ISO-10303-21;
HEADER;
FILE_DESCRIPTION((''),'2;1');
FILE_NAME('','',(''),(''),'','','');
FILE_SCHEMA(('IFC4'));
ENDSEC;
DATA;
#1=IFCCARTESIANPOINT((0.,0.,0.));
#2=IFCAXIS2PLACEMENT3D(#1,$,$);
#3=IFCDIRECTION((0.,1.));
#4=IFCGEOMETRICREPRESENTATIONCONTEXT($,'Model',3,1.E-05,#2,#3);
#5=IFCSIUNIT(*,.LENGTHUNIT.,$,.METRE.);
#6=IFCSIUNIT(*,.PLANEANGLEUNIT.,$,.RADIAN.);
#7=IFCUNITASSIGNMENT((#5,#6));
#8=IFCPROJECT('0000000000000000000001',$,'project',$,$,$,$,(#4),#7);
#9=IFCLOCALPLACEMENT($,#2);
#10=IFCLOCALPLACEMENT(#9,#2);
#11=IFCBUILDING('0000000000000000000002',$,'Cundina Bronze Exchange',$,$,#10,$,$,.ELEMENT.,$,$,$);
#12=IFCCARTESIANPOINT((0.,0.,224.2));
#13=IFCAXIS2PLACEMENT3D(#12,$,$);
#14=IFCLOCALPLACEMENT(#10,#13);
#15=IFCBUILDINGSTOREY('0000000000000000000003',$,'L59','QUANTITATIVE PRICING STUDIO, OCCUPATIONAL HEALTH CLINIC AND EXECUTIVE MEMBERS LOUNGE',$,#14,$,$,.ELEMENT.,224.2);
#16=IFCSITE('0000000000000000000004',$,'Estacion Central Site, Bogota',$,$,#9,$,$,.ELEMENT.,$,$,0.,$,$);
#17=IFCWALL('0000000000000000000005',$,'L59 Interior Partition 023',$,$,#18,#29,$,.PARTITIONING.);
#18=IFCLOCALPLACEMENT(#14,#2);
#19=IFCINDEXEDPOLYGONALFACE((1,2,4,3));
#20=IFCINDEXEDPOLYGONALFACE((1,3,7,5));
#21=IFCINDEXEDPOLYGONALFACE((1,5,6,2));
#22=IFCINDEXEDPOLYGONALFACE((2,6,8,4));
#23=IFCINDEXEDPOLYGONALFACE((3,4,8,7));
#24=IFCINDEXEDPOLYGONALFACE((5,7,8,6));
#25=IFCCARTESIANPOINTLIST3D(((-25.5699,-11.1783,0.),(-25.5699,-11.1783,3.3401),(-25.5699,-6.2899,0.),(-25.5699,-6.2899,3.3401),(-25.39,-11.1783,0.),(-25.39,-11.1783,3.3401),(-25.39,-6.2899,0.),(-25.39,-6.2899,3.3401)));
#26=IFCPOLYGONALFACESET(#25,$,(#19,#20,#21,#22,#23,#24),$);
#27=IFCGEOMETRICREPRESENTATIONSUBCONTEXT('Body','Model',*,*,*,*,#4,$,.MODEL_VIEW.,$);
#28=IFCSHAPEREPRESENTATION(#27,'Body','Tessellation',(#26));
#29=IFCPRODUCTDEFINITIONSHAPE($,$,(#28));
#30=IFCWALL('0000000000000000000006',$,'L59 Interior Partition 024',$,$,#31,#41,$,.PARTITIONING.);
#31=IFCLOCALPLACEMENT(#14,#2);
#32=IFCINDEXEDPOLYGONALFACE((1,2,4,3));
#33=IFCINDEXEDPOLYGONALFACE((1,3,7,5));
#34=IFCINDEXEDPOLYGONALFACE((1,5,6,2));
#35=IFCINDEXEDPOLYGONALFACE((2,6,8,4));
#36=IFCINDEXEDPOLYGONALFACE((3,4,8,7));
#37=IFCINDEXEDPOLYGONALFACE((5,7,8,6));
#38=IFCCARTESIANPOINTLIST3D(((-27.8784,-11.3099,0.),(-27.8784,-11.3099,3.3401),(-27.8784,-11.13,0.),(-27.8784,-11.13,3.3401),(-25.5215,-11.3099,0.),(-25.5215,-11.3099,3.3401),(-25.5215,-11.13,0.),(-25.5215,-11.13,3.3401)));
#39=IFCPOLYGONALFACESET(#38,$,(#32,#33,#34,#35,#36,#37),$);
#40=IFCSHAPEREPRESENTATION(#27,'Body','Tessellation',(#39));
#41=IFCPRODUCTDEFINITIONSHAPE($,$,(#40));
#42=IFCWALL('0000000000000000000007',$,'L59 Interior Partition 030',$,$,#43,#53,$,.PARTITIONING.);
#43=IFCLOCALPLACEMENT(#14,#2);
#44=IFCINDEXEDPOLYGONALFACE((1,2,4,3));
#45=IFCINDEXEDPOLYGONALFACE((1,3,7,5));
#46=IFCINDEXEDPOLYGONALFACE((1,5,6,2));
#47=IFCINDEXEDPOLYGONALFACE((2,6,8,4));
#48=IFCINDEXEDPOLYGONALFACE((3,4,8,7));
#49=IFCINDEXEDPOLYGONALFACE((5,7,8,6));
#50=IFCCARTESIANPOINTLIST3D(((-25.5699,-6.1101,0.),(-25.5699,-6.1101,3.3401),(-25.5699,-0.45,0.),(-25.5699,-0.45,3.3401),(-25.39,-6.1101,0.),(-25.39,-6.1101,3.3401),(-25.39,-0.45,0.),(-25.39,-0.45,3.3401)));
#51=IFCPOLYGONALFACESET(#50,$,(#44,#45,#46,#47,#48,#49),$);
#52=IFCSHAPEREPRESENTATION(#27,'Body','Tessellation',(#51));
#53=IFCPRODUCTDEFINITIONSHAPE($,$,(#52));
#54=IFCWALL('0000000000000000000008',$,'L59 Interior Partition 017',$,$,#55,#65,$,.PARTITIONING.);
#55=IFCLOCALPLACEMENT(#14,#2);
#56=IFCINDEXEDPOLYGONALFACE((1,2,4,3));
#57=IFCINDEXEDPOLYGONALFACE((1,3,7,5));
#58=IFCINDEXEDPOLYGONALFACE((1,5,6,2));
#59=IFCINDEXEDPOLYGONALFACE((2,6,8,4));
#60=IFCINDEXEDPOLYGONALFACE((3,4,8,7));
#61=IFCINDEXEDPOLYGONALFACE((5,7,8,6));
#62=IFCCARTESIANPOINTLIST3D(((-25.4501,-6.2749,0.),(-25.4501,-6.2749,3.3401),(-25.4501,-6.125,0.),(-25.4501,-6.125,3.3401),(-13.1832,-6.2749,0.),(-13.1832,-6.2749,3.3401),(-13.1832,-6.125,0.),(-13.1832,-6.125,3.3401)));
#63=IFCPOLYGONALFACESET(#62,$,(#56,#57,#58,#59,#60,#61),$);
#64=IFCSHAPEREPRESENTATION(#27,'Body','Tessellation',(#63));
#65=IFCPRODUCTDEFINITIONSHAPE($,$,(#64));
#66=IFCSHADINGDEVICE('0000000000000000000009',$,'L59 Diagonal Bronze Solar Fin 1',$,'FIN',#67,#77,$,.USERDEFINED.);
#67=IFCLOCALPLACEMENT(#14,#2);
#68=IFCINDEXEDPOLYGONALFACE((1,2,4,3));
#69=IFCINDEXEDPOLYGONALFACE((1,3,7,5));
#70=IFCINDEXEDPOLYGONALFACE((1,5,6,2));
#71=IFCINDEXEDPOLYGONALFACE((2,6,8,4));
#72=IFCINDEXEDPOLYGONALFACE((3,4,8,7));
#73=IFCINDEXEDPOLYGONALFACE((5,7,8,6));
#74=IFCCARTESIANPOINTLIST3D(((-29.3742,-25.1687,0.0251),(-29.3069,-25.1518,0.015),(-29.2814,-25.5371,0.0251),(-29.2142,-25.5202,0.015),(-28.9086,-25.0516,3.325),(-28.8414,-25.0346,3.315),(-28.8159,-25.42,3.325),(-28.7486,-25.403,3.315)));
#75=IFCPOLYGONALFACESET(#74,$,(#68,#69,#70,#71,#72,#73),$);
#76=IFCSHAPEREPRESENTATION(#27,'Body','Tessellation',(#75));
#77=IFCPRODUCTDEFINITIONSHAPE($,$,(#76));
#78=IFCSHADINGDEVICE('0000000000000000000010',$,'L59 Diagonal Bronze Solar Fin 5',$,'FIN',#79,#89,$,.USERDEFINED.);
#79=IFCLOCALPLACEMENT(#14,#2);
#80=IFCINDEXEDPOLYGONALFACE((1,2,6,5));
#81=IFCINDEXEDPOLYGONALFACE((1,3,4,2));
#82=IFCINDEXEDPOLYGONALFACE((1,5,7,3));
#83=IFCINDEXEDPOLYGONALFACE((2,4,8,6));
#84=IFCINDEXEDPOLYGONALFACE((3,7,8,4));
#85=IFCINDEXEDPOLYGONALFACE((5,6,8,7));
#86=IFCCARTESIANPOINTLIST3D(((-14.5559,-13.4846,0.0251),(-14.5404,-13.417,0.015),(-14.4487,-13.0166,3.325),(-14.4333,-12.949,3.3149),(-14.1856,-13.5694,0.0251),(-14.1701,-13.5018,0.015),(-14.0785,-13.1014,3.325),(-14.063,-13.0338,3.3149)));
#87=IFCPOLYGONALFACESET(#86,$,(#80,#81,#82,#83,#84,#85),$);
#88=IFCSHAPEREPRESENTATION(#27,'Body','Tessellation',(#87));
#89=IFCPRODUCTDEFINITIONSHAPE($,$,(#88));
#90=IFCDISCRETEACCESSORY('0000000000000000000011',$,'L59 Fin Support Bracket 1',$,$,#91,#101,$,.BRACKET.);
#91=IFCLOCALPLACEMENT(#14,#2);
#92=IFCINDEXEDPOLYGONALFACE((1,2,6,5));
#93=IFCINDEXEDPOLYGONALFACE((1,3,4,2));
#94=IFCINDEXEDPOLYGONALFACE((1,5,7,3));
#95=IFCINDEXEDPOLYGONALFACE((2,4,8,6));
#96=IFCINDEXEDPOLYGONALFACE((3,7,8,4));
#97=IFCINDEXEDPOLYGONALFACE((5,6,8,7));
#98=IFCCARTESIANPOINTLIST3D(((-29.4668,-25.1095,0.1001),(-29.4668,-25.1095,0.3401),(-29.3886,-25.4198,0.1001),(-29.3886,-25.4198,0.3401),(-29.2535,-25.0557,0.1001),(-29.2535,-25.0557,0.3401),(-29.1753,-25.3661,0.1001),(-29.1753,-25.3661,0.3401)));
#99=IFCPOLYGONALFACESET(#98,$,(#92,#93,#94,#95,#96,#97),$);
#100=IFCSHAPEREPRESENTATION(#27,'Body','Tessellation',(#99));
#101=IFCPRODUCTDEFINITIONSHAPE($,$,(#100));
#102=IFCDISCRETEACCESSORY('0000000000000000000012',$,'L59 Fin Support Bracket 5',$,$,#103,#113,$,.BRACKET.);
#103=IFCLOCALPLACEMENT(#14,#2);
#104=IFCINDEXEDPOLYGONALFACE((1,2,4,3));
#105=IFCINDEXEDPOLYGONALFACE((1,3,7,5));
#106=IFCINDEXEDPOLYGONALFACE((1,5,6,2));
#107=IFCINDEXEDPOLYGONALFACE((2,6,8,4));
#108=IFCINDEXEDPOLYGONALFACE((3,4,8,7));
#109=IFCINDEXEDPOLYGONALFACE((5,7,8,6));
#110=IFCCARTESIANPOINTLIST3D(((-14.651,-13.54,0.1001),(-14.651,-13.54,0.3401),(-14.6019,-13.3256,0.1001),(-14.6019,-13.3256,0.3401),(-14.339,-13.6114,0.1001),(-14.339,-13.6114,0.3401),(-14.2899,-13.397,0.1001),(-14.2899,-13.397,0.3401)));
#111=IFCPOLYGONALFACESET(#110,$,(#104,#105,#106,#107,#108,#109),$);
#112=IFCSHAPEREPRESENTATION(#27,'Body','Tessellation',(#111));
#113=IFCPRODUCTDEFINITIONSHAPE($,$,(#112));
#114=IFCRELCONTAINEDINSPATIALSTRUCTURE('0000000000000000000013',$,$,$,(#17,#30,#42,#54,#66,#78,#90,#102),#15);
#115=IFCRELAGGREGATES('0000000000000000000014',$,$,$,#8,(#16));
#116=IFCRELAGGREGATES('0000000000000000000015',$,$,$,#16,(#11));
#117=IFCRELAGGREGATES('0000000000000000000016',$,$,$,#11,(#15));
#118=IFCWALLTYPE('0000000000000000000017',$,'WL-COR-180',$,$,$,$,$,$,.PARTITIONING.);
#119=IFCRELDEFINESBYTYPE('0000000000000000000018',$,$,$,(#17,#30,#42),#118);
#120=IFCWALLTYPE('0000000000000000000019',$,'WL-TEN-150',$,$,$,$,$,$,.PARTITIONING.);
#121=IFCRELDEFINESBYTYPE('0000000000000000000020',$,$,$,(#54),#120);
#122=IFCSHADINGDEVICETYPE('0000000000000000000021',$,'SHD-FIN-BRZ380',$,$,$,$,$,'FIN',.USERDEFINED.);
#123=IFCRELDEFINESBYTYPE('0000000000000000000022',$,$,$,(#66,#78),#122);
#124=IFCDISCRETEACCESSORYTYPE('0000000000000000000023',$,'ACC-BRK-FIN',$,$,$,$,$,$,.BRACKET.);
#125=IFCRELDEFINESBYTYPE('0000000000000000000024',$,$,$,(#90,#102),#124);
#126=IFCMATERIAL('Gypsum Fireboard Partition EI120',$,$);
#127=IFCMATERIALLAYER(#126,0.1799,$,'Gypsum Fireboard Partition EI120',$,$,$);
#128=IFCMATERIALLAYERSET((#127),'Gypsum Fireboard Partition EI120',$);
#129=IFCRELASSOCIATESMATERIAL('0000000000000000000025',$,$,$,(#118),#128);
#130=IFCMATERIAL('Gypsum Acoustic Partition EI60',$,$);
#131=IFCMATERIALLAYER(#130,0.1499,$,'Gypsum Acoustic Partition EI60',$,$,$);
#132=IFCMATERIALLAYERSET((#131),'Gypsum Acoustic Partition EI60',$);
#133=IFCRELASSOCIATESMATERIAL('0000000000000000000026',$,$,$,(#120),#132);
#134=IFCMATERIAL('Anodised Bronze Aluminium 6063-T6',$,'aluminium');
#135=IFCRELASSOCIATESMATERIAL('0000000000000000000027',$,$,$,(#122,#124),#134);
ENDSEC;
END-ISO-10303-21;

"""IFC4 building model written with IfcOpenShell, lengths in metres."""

from ifc_helpers import new_model, si_unit, direction, frame, frame_2d, origin, origin_2d, place, context, subcontext, project, spatial, rectangle, extrude, material, layer, layer_set, material_profile, profile_set, type_object, element, save


model = new_model("IFC4")

# Units and contexts
model_context = context("Model", 3, precision=1e-05, world=origin(), true_north=direction((0.0, 1.0)))
body_context = subcontext(model_context, "Body", "Model", "MODEL_VIEW")
ifc_project = project(units=[si_unit("LENGTHUNIT", "METRE"), si_unit("PLANEANGLEUNIT", "RADIAN")], contexts=[model_context])

# Site, building, storey
site_placement = place(None, origin())
site = spatial("IfcSite", under=ifc_project, at=site_placement, Name="Estacion Central Site, Bogota", CompositionType="ELEMENT", RefElevation=0.0)
building_placement = place(site_placement, origin())
building = spatial("IfcBuilding", under=site, at=building_placement, Name="Cundina Bronze Exchange", CompositionType="ELEMENT")
storey_placement = place(building_placement, frame((0.0, 0.0, 224.2)))
storey = spatial("IfcBuildingStorey", under=building, at=storey_placement, Name="L59", Description="QUANTITATIVE PRICING STUDIO, OCCUPATIONAL HEALTH CLINIC AND EXECUTIVE MEMBERS LOUNGE", CompositionType="ELEMENT", Elevation=224.2)

# Shared definitions
ifc_material_1 = material(Name="Anodised Bronze Aluminium 6063-T6", Category="aluminium")

# Shared definitions
ifc_material_2 = material(Name="Gypsum Fireboard Partition EI120")
ifc_layer_1 = layer(ifc_material_2, 0.1799, Name="Gypsum Fireboard Partition EI120")
ifc_layer_set_1 = layer_set([ifc_layer_1], Name="Gypsum Fireboard Partition EI120")
wall_type_1 = type_object("IfcWallType", Name="WL-COR-180", PredefinedType="PARTITIONING", material=ifc_layer_set_1)

# Walls
wall_1_placement = place(storey_placement, frame((-25.48, -11.1785, 0.0), z_axis=(0.0, 0.0, 1.0), x_axis=(0.0, 1.0, 0.0)))
element("IfcWall", 1, at=wall_1_placement, inside=storey, type_object=wall_type_1, Name="L59 Interior Partition 023", PredefinedType="PARTITIONING", context=body_context, shape_type="SweptSolid", body=[
    extrude(rectangle(XDim=4.8884, YDim=0.1799, at=frame_2d((2.4443, 0.0))), origin(), (0.0, 0.0, 1.0), 3.3401),
])
wall_2_placement = place(storey_placement, frame((-27.8784, -11.22, 0.0), z_axis=(0.0, 0.0, 1.0), x_axis=(1.0, 0.0, 0.0)))
element("IfcWall", 2, at=wall_2_placement, inside=storey, type_object=wall_type_1, Name="L59 Interior Partition 024", PredefinedType="PARTITIONING", context=body_context, shape_type="SweptSolid", body=[
    extrude(rectangle(XDim=2.3569, YDim=0.1799, at=frame_2d((1.1785, 0.0))), origin(), (0.0, 0.0, 1.0), 3.3401),
])
wall_3_placement = place(storey_placement, frame((-25.48, -6.1101, 0.0), z_axis=(0.0, 0.0, 1.0), x_axis=(0.0, 1.0, 0.0)))
element("IfcWall", 3, at=wall_3_placement, inside=storey, type_object=wall_type_1, Name="L59 Interior Partition 030", PredefinedType="PARTITIONING", context=body_context, shape_type="SweptSolid", body=[
    extrude(rectangle(XDim=5.6602, YDim=0.1799, at=frame_2d((2.8301, 0.0))), origin(), (0.0, 0.0, 1.0), 3.3401),
])
ifc_material_3 = material(Name="Gypsum Acoustic Partition EI60")
ifc_layer_2 = layer(ifc_material_3, 0.1499, Name="Gypsum Acoustic Partition EI60")
ifc_layer_set_2 = layer_set([ifc_layer_2], Name="Gypsum Acoustic Partition EI60")
wall_type_2 = type_object("IfcWallType", Name="WL-TEN-150", PredefinedType="PARTITIONING", material=ifc_layer_set_2)
wall_4_placement = place(storey_placement, frame((-25.45, -6.2, 0.0), z_axis=(0.0, 0.0, 1.0), x_axis=(1.0, 0.0, 0.0)))
element("IfcWall", 4, at=wall_4_placement, inside=storey, type_object=wall_type_2, Name="L59 Interior Partition 017", PredefinedType="PARTITIONING", context=body_context, shape_type="SweptSolid", body=[
    extrude(rectangle(XDim=12.2668, YDim=0.1499, at=frame_2d((6.1333, 0.0))), origin(), (0.0, 0.0, 1.0), 3.3401),
])

# Shading devices
ifc_material_profile_1 = material_profile(ifc_material_1, rectangle(XDim=0.0701, YDim=0.3799, at=origin_2d()), Name="FIN70X380", Category="aluminium")
ifc_profile_set_1 = profile_set([ifc_material_profile_1], Name="Anodised Bronze Aluminium 6063-T6")
shading_device_type = type_object("IfcShadingDeviceType", Name="SHD-FIN-BRZ380", ElementType="FIN", PredefinedType="USERDEFINED", material=ifc_profile_set_1)
for number, where, z_axis, x_axis, name in (
    (5, (-29.2942, -25.3445, 0.02), (0.139612, 0.035141, 0.989583), (-0.95965, -0.241548, 0.143967), "L59 Diagonal Bronze Solar Fin 1"),
    (6, (-14.363, -13.4932, 0.02), (0.032139, 0.140344, 0.989581), (-0.220899, -0.964611, 0.143977), "L59 Diagonal Bronze Solar Fin 5"),
):
    element("IfcShadingDevice", number, at=place(storey_placement, frame(where, z_axis=z_axis, x_axis=x_axis)), inside=storey, type_object=shading_device_type, Name=name, ObjectType="FIN", PredefinedType="USERDEFINED", context=body_context, shape_type="SweptSolid", body=[
        extrude(rectangle(XDim=0.0701, YDim=0.3799, at=origin_2d()), origin(), (0.0, 0.0, 1.0), 3.3347),
    ])

# Discrete accessories
discrete_accessory_type = type_object("IfcDiscreteAccessoryType", Name="ACC-BRK-FIN", PredefinedType="BRACKET", material=ifc_material_1)
for number, where, z_axis, x_axis, name in (
    (7, (-29.321, -25.2378, 0.1001), (0.0, 0.0, 1.0), (0.969732, 0.244174, 0.0), "L59 Fin Support Bracket 1"),
    (8, (-14.4705, -13.4685, 0.1001), (0.0, 0.0, 1.0), (0.223284, 0.974753, 0.0), "L59 Fin Support Bracket 5"),
):
    element("IfcDiscreteAccessory", number, at=place(storey_placement, frame(where, z_axis=z_axis, x_axis=x_axis)), inside=storey, type_object=discrete_accessory_type, Name=name, PredefinedType="BRACKET", context=body_context, shape_type="SweptSolid", body=[
        extrude(rectangle(XDim=0.22, YDim=0.3201, at=origin_2d()), origin(), (0.0, 0.0, 1.0), 0.24),
    ])

save(model, "model.ifc")
